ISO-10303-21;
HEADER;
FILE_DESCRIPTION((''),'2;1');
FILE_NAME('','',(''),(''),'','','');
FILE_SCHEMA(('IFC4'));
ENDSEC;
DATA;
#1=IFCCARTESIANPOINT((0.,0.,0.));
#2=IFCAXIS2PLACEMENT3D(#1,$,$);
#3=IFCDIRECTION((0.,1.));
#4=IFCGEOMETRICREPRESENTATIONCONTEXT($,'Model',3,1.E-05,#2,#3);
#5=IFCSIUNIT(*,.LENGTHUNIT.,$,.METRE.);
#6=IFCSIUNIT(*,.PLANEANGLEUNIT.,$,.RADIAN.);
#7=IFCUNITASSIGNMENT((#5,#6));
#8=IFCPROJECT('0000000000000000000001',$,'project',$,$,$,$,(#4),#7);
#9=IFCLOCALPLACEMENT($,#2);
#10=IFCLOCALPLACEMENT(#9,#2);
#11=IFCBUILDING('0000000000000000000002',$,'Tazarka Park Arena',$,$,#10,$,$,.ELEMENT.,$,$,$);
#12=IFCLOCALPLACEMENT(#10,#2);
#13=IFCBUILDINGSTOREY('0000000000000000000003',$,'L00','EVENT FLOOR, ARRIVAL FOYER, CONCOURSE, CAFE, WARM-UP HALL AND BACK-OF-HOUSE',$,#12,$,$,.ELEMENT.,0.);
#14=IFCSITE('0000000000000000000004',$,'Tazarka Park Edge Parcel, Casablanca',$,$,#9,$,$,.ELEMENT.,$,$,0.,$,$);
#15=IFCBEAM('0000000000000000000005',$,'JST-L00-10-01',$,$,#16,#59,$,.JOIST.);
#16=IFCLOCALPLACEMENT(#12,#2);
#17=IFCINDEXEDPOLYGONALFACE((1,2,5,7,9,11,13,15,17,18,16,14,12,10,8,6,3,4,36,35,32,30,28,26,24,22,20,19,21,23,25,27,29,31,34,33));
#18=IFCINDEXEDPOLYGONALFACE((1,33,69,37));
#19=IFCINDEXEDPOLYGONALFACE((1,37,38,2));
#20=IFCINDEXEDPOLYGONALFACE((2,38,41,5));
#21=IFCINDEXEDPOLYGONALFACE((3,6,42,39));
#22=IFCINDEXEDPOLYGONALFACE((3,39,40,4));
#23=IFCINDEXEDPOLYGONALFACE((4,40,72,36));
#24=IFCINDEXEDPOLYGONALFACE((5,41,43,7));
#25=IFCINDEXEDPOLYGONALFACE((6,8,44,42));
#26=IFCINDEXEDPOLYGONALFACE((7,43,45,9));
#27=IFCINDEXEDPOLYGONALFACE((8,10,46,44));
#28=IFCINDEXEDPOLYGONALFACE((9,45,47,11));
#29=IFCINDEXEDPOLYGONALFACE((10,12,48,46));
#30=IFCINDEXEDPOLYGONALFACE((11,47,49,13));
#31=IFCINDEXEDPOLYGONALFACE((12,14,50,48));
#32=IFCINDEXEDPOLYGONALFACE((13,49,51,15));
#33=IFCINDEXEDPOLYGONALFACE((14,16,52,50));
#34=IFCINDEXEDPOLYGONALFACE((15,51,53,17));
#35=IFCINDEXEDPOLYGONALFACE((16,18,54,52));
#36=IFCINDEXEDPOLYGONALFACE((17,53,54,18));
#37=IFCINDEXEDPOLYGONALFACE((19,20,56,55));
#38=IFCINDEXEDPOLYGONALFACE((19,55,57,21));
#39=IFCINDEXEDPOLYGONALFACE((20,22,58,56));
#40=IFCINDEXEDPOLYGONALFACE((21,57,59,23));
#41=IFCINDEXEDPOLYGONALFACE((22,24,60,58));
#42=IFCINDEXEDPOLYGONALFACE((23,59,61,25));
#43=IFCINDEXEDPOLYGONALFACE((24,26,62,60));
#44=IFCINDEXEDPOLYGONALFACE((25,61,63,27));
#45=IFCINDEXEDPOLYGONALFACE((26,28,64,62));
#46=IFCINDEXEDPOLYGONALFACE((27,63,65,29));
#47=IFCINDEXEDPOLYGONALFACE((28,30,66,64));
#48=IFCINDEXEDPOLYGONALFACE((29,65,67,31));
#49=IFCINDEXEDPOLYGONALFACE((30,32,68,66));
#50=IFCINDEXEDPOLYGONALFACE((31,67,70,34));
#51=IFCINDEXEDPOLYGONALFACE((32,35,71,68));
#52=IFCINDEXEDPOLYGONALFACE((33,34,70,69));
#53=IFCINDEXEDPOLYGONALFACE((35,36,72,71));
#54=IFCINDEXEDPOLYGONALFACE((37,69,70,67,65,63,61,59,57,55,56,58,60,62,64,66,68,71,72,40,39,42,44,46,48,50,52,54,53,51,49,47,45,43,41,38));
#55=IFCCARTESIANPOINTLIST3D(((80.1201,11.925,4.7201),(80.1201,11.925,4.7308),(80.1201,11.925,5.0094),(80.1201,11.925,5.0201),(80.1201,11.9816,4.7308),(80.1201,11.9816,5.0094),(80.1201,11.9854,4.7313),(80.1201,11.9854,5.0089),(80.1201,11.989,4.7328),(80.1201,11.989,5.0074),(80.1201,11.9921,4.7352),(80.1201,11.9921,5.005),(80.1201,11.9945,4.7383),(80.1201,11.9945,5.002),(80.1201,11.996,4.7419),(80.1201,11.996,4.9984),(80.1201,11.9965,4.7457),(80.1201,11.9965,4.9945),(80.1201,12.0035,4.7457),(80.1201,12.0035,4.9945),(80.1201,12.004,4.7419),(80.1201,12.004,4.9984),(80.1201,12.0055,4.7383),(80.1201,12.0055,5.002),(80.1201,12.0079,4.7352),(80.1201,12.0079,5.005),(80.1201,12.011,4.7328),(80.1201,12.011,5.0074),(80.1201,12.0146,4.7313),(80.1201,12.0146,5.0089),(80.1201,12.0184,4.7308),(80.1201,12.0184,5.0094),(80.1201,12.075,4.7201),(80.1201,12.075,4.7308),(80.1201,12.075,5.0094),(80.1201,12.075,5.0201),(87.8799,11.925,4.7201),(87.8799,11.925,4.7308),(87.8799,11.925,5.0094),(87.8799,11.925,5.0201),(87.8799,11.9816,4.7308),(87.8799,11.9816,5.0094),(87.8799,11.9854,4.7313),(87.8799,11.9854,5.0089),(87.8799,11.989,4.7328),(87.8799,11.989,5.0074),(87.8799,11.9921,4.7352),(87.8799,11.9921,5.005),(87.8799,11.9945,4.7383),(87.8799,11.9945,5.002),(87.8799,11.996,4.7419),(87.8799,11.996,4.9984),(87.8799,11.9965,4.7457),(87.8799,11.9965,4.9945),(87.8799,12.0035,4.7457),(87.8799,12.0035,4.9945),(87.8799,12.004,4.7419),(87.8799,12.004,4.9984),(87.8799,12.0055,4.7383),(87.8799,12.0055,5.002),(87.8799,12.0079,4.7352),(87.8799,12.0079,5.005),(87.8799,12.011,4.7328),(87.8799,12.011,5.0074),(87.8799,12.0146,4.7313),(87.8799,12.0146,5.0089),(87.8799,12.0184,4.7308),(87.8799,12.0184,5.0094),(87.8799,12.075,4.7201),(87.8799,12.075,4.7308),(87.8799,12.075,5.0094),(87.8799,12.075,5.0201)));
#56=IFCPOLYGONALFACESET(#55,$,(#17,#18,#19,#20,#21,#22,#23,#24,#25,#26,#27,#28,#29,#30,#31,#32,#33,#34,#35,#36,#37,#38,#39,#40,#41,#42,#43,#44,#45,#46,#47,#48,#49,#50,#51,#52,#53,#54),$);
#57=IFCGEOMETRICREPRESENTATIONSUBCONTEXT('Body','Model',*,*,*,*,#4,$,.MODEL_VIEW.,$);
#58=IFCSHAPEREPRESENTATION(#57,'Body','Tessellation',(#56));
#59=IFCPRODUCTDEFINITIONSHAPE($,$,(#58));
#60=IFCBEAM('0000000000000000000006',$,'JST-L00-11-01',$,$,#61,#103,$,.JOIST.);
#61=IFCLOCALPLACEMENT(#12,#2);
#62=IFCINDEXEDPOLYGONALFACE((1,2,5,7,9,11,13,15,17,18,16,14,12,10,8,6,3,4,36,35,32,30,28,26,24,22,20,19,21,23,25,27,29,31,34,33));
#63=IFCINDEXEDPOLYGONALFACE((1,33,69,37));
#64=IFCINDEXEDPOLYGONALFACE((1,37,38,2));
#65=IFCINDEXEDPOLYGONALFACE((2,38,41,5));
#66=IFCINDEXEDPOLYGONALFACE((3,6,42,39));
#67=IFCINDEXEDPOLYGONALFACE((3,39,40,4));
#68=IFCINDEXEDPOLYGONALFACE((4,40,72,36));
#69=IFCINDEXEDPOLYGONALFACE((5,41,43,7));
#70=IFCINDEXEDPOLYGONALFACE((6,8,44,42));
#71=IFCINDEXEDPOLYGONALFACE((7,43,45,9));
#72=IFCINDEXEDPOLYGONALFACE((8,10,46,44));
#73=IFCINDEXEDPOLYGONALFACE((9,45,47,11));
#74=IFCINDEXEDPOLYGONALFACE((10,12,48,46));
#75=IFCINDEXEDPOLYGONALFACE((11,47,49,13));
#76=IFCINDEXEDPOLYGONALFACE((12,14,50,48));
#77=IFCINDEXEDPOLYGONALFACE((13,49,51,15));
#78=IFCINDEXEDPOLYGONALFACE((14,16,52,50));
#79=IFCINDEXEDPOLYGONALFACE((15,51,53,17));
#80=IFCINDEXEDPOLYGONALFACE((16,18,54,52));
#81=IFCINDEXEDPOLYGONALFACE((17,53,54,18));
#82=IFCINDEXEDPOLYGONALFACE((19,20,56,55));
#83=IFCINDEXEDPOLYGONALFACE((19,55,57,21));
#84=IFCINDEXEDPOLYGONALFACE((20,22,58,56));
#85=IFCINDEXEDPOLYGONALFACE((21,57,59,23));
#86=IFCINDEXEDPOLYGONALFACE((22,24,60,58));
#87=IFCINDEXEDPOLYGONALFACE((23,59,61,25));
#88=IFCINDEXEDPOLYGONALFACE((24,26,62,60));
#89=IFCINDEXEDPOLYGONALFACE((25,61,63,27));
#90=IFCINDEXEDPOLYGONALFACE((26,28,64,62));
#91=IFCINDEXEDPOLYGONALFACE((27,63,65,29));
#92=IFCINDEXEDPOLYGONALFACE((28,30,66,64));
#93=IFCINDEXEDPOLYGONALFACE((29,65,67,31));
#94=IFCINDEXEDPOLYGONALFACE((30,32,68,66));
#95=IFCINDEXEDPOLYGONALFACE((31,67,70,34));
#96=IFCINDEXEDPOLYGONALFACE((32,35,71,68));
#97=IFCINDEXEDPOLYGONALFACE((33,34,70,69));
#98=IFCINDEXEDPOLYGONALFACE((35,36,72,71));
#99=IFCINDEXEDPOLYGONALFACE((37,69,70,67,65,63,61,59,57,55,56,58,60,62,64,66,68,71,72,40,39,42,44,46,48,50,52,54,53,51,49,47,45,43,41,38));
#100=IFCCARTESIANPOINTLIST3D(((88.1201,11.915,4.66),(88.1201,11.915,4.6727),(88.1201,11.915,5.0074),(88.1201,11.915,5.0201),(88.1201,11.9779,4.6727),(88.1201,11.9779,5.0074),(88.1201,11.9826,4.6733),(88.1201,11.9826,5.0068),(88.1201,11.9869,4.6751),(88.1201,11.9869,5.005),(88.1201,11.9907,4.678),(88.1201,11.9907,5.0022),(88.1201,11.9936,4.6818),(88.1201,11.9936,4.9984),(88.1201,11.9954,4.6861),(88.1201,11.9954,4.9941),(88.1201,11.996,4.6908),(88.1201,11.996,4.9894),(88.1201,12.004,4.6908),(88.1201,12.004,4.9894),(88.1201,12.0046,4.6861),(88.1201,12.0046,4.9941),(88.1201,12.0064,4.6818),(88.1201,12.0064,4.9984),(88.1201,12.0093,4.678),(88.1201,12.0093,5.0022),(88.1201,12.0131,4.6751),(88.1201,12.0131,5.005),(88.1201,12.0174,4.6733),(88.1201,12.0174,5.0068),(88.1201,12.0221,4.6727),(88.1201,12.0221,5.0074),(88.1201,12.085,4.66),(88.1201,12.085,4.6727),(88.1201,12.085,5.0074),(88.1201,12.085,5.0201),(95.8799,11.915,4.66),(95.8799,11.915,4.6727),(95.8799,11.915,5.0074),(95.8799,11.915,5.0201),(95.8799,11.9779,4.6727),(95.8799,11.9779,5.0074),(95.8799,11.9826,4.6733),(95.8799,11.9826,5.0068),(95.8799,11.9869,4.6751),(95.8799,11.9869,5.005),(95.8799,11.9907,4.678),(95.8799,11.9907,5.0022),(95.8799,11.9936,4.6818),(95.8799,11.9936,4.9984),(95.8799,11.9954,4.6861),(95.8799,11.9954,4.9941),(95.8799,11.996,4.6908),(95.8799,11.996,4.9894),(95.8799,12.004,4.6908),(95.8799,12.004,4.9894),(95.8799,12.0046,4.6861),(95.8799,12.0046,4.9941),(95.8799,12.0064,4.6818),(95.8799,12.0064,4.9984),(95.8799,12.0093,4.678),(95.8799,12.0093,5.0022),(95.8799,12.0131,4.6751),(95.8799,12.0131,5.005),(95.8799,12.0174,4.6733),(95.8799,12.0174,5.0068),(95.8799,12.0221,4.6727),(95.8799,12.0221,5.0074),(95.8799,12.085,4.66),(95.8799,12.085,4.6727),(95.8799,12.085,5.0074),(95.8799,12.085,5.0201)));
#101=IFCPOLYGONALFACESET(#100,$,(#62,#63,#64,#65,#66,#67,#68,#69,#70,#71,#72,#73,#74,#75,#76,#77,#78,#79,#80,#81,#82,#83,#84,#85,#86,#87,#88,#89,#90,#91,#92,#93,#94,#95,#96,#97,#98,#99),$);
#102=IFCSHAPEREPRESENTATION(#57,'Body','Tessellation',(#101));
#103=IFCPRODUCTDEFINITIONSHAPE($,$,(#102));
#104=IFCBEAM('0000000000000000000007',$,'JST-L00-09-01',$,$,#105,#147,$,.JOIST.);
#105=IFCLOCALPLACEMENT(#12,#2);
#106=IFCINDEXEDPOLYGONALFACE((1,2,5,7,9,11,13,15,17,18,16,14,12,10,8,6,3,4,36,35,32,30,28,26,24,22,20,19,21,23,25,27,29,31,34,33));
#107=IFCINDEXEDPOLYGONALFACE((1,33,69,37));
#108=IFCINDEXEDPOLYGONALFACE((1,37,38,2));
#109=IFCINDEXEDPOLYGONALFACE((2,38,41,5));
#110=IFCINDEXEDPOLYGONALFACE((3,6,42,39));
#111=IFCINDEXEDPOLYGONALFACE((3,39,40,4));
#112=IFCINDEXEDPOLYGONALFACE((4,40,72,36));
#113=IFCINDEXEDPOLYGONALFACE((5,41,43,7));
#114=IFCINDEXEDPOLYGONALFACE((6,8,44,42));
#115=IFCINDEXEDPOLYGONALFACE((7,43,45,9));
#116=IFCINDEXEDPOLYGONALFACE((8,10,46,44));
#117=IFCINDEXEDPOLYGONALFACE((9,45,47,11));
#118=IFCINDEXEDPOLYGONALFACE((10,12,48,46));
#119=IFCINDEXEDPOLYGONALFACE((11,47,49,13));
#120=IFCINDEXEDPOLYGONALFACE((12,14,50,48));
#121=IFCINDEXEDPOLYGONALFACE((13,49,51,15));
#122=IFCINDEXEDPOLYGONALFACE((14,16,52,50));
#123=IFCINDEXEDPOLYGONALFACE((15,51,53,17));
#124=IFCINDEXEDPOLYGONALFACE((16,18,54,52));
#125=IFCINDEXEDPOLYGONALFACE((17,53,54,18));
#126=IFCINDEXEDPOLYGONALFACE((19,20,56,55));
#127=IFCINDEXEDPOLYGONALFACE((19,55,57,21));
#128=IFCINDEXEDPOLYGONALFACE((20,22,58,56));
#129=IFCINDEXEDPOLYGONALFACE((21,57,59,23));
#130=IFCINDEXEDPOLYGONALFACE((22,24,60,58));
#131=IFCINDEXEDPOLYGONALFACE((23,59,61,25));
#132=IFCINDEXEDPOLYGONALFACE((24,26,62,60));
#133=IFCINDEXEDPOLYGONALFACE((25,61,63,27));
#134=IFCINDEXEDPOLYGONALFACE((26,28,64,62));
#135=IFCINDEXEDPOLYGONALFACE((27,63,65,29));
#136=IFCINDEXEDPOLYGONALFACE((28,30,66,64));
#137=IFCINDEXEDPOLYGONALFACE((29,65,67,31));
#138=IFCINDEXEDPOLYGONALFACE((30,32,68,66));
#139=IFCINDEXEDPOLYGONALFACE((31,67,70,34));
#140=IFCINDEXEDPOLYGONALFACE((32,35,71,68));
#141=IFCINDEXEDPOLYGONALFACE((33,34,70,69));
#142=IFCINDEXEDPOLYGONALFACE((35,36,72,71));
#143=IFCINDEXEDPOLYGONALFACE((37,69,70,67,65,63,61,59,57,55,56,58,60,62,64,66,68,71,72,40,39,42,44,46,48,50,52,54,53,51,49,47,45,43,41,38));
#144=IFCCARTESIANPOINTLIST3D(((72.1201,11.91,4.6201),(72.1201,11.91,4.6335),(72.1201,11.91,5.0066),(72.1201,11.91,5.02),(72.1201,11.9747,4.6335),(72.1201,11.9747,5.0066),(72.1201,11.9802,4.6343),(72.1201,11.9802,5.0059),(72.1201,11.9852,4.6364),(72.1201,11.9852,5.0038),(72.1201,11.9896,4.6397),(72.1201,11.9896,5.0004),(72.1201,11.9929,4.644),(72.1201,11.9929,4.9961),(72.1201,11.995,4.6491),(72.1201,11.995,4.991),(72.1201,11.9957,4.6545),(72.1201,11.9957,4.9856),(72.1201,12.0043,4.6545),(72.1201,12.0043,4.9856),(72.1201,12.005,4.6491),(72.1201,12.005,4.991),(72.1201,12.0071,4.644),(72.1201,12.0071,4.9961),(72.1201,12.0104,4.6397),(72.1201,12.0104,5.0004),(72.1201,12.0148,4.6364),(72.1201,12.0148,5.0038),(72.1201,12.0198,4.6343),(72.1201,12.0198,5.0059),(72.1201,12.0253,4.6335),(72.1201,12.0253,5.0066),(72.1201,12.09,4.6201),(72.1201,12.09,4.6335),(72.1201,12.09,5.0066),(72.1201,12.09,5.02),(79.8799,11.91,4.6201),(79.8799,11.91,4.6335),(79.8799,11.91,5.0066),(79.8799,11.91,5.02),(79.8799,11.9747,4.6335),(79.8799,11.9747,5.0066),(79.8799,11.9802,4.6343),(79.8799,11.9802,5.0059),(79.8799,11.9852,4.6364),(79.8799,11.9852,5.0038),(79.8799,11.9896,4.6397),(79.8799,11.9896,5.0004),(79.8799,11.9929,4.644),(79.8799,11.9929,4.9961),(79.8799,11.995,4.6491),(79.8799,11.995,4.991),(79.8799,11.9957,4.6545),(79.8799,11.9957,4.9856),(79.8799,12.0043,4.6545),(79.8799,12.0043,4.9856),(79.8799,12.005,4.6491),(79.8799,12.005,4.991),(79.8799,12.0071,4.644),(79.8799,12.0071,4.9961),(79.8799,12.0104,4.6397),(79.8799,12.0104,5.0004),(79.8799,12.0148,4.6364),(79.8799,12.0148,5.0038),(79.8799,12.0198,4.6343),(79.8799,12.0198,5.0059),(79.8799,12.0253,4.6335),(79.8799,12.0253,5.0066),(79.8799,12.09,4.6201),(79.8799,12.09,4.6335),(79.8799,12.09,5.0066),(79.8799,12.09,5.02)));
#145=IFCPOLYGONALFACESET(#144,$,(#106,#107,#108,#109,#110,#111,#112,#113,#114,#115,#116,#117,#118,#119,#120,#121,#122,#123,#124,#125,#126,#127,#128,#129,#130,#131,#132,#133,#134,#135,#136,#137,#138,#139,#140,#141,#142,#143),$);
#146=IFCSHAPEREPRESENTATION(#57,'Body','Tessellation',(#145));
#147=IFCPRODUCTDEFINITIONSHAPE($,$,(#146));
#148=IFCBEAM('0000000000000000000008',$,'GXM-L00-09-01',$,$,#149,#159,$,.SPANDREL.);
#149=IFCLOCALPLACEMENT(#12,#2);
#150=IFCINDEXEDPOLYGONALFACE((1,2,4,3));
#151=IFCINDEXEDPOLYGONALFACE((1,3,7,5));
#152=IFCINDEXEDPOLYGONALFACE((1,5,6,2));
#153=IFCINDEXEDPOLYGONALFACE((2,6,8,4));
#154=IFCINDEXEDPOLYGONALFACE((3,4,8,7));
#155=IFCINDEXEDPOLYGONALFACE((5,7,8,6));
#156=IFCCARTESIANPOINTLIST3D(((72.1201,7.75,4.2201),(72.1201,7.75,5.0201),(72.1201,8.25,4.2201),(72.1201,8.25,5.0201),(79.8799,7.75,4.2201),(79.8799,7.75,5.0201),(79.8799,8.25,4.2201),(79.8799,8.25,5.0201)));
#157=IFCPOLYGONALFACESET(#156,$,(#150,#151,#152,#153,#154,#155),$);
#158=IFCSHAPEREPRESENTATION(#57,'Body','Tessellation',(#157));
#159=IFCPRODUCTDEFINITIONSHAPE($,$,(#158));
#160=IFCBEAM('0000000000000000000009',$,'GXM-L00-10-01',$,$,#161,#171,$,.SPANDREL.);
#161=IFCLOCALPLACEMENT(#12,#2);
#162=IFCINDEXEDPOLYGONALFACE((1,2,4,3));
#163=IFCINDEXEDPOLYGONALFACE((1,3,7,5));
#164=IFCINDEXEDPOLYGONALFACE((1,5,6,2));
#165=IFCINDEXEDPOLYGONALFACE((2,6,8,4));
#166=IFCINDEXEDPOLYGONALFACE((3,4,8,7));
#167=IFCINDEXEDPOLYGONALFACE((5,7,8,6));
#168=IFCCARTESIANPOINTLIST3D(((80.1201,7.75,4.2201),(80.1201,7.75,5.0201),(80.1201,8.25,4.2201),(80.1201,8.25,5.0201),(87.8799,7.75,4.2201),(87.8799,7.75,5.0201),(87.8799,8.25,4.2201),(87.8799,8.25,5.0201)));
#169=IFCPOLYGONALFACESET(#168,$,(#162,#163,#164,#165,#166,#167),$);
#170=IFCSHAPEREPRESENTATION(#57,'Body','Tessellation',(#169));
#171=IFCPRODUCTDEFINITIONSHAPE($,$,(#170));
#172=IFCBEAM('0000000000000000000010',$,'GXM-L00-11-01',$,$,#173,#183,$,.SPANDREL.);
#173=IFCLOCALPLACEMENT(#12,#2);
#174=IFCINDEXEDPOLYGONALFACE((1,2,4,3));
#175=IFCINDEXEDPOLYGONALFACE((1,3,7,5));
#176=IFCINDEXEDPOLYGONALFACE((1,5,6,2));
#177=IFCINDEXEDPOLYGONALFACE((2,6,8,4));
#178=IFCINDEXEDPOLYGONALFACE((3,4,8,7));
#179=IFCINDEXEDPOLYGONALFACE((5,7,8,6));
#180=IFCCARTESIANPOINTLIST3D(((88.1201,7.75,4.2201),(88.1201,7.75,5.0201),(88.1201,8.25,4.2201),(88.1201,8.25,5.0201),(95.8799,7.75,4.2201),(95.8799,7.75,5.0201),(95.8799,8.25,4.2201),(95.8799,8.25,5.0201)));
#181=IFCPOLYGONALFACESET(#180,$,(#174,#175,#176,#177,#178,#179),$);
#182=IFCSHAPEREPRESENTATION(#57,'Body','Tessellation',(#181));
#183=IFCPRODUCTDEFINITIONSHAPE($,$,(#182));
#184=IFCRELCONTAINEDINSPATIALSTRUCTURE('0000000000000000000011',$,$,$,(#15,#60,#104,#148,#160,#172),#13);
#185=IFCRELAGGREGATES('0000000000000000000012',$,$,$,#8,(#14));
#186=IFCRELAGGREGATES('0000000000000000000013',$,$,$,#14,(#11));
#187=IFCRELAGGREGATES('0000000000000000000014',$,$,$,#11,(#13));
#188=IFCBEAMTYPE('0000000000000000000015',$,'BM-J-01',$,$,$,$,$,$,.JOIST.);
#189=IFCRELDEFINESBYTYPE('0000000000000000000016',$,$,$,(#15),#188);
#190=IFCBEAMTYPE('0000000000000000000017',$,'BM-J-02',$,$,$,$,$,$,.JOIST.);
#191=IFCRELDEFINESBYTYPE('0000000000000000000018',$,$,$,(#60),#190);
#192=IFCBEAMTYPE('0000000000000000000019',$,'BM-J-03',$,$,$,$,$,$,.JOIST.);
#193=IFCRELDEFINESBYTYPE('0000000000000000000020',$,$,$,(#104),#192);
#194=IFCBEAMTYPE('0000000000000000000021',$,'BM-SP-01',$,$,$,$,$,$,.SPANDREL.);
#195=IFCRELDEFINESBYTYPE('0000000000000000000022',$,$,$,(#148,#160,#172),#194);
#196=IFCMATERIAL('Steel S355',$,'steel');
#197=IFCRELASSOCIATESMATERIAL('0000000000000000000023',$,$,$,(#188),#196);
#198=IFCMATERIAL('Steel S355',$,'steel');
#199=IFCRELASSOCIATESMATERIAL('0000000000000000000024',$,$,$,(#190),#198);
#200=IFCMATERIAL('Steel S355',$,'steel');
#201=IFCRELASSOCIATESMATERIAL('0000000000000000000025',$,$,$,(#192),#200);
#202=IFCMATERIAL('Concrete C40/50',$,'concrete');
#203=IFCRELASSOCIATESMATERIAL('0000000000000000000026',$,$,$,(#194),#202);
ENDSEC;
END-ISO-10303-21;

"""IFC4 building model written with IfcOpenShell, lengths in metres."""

from ifc_helpers import new_model, si_unit, direction, frame, origin, origin_2d, place, context, subcontext, project, spatial, rectangle, i_section, extrude, material, material_profile, profile_set, type_object, element, save


model = new_model("IFC4")

# Units and contexts
model_context = context("Model", 3, precision=1e-05, world=origin(), true_north=direction((0.0, 1.0)))
body_context = subcontext(model_context, "Body", "Model", "MODEL_VIEW")
ifc_project = project(units=[si_unit("LENGTHUNIT", "METRE"), si_unit("PLANEANGLEUNIT", "RADIAN")], contexts=[model_context])

# Site, building, storey
site_placement = place(None, origin())
site = spatial("IfcSite", under=ifc_project, at=site_placement, Name="Tazarka Park Edge Parcel, Casablanca", CompositionType="ELEMENT", RefElevation=0.0)
building_placement = place(site_placement, origin())
building = spatial("IfcBuilding", under=site, at=building_placement, Name="Tazarka Park Arena", CompositionType="ELEMENT")
storey_placement = place(building_placement, origin())
storey = spatial("IfcBuildingStorey", under=building, at=storey_placement, Name="L00", Description="EVENT FLOOR, ARRIVAL FOYER, CONCOURSE, CAFE, WARM-UP HALL AND BACK-OF-HOUSE", CompositionType="ELEMENT", Elevation=0.0)

# Beams
ifc_material_1 = material(Name="Steel S355", Category="steel")
ifc_material_profile_1 = material_profile(ifc_material_1, i_section(OverallWidth=0.1499, OverallDepth=0.3, WebThickness=0.0071, FlangeThickness=0.0107, FilletRadius=0.0149, at=origin_2d()), Name="Steel S355")
ifc_profile_set_1 = profile_set([ifc_material_profile_1], Name="Steel S355")
beam_type_1 = type_object("IfcBeamType", Name="BM-J-01", PredefinedType="JOIST", material=ifc_profile_set_1)
beam_1_placement = place(storey_placement, frame((80.1201, 12.0, 4.8701), z_axis=(1.0, 0.0, 0.0), x_axis=(0.0, 1.0, 0.0)))
element("IfcBeam", 1, at=beam_1_placement, inside=storey, type_object=beam_type_1, Name="JST-L00-10-01", PredefinedType="JOIST", context=body_context, shape_type="SweptSolid", body=[
    extrude(i_section(OverallWidth=0.1499, OverallDepth=0.3, WebThickness=0.0071, FlangeThickness=0.0107, FilletRadius=0.0149, at=origin_2d()), origin(), (0.0, 0.0, 1.0), 7.7598),
])
ifc_material_2 = material(Name="Steel S355", Category="steel")
ifc_material_profile_2 = material_profile(ifc_material_2, i_section(OverallWidth=0.1699, OverallDepth=0.3601, WebThickness=0.0081, FlangeThickness=0.0127, FilletRadius=0.0181, at=origin_2d()), Name="Steel S355")
ifc_profile_set_2 = profile_set([ifc_material_profile_2], Name="Steel S355")
beam_type_2 = type_object("IfcBeamType", Name="BM-J-02", PredefinedType="JOIST", material=ifc_profile_set_2)
beam_2_placement = place(storey_placement, frame((88.1201, 12.0, 4.8401), z_axis=(1.0, 0.0, 0.0), x_axis=(0.0, 1.0, 0.0)))
element("IfcBeam", 2, at=beam_2_placement, inside=storey, type_object=beam_type_2, Name="JST-L00-11-01", PredefinedType="JOIST", context=body_context, shape_type="SweptSolid", body=[
    extrude(i_section(OverallWidth=0.1699, OverallDepth=0.3601, WebThickness=0.0081, FlangeThickness=0.0127, FilletRadius=0.0181, at=origin_2d()), origin(), (0.0, 0.0, 1.0), 7.7598),
])
ifc_material_3 = material(Name="Steel S355", Category="steel")
ifc_material_profile_3 = material_profile(ifc_material_3, i_section(OverallWidth=0.1799, OverallDepth=0.3999, WebThickness=0.0085, FlangeThickness=0.0134, FilletRadius=0.021, at=origin_2d()), Name="Steel S355")
ifc_profile_set_3 = profile_set([ifc_material_profile_3], Name="Steel S355")
beam_type_3 = type_object("IfcBeamType", Name="BM-J-03", PredefinedType="JOIST", material=ifc_profile_set_3)
beam_3_placement = place(storey_placement, frame((72.1201, 12.0, 4.8201), z_axis=(1.0, 0.0, 0.0), x_axis=(0.0, 1.0, 0.0)))
element("IfcBeam", 3, at=beam_3_placement, inside=storey, type_object=beam_type_3, Name="JST-L00-09-01", PredefinedType="JOIST", context=body_context, shape_type="SweptSolid", body=[
    extrude(i_section(OverallWidth=0.1799, OverallDepth=0.3999, WebThickness=0.0085, FlangeThickness=0.0134, FilletRadius=0.021, at=origin_2d()), origin(), (0.0, 0.0, 1.0), 7.7598),
])
ifc_material_4 = material(Name="Concrete C40/50", Category="concrete")
ifc_material_profile_4 = material_profile(ifc_material_4, rectangle(XDim=0.5, YDim=0.8, at=origin_2d()), Name="Concrete C40/50")
ifc_profile_set_4 = profile_set([ifc_material_profile_4], Name="Concrete C40/50")
beam_type_4 = type_object("IfcBeamType", Name="BM-SP-01", PredefinedType="SPANDREL", material=ifc_profile_set_4)
for number, where, z_axis, x_axis, name in (
    (4, (72.1201, 8.0, 4.6201), (1.0, 0.0, 0.0), (0.0, 1.0, 0.0), "GXM-L00-09-01"),
    (5, (80.1201, 8.0, 4.6201), (1.0, 0.0, 0.0), (0.0, 1.0, 0.0), "GXM-L00-10-01"),
    (6, (88.1201, 8.0, 4.6201), (1.0, 0.0, 0.0), (0.0, 1.0, 0.0), "GXM-L00-11-01"),
):
    element("IfcBeam", number, at=place(storey_placement, frame(where, z_axis=z_axis, x_axis=x_axis)), inside=storey, type_object=beam_type_4, Name=name, PredefinedType="SPANDREL", context=body_context, shape_type="SweptSolid", body=[
        extrude(rectangle(XDim=0.5, YDim=0.8, at=origin_2d()), origin(), (0.0, 0.0, 1.0), 7.7598),
    ])

save(model, "model.ifc")
